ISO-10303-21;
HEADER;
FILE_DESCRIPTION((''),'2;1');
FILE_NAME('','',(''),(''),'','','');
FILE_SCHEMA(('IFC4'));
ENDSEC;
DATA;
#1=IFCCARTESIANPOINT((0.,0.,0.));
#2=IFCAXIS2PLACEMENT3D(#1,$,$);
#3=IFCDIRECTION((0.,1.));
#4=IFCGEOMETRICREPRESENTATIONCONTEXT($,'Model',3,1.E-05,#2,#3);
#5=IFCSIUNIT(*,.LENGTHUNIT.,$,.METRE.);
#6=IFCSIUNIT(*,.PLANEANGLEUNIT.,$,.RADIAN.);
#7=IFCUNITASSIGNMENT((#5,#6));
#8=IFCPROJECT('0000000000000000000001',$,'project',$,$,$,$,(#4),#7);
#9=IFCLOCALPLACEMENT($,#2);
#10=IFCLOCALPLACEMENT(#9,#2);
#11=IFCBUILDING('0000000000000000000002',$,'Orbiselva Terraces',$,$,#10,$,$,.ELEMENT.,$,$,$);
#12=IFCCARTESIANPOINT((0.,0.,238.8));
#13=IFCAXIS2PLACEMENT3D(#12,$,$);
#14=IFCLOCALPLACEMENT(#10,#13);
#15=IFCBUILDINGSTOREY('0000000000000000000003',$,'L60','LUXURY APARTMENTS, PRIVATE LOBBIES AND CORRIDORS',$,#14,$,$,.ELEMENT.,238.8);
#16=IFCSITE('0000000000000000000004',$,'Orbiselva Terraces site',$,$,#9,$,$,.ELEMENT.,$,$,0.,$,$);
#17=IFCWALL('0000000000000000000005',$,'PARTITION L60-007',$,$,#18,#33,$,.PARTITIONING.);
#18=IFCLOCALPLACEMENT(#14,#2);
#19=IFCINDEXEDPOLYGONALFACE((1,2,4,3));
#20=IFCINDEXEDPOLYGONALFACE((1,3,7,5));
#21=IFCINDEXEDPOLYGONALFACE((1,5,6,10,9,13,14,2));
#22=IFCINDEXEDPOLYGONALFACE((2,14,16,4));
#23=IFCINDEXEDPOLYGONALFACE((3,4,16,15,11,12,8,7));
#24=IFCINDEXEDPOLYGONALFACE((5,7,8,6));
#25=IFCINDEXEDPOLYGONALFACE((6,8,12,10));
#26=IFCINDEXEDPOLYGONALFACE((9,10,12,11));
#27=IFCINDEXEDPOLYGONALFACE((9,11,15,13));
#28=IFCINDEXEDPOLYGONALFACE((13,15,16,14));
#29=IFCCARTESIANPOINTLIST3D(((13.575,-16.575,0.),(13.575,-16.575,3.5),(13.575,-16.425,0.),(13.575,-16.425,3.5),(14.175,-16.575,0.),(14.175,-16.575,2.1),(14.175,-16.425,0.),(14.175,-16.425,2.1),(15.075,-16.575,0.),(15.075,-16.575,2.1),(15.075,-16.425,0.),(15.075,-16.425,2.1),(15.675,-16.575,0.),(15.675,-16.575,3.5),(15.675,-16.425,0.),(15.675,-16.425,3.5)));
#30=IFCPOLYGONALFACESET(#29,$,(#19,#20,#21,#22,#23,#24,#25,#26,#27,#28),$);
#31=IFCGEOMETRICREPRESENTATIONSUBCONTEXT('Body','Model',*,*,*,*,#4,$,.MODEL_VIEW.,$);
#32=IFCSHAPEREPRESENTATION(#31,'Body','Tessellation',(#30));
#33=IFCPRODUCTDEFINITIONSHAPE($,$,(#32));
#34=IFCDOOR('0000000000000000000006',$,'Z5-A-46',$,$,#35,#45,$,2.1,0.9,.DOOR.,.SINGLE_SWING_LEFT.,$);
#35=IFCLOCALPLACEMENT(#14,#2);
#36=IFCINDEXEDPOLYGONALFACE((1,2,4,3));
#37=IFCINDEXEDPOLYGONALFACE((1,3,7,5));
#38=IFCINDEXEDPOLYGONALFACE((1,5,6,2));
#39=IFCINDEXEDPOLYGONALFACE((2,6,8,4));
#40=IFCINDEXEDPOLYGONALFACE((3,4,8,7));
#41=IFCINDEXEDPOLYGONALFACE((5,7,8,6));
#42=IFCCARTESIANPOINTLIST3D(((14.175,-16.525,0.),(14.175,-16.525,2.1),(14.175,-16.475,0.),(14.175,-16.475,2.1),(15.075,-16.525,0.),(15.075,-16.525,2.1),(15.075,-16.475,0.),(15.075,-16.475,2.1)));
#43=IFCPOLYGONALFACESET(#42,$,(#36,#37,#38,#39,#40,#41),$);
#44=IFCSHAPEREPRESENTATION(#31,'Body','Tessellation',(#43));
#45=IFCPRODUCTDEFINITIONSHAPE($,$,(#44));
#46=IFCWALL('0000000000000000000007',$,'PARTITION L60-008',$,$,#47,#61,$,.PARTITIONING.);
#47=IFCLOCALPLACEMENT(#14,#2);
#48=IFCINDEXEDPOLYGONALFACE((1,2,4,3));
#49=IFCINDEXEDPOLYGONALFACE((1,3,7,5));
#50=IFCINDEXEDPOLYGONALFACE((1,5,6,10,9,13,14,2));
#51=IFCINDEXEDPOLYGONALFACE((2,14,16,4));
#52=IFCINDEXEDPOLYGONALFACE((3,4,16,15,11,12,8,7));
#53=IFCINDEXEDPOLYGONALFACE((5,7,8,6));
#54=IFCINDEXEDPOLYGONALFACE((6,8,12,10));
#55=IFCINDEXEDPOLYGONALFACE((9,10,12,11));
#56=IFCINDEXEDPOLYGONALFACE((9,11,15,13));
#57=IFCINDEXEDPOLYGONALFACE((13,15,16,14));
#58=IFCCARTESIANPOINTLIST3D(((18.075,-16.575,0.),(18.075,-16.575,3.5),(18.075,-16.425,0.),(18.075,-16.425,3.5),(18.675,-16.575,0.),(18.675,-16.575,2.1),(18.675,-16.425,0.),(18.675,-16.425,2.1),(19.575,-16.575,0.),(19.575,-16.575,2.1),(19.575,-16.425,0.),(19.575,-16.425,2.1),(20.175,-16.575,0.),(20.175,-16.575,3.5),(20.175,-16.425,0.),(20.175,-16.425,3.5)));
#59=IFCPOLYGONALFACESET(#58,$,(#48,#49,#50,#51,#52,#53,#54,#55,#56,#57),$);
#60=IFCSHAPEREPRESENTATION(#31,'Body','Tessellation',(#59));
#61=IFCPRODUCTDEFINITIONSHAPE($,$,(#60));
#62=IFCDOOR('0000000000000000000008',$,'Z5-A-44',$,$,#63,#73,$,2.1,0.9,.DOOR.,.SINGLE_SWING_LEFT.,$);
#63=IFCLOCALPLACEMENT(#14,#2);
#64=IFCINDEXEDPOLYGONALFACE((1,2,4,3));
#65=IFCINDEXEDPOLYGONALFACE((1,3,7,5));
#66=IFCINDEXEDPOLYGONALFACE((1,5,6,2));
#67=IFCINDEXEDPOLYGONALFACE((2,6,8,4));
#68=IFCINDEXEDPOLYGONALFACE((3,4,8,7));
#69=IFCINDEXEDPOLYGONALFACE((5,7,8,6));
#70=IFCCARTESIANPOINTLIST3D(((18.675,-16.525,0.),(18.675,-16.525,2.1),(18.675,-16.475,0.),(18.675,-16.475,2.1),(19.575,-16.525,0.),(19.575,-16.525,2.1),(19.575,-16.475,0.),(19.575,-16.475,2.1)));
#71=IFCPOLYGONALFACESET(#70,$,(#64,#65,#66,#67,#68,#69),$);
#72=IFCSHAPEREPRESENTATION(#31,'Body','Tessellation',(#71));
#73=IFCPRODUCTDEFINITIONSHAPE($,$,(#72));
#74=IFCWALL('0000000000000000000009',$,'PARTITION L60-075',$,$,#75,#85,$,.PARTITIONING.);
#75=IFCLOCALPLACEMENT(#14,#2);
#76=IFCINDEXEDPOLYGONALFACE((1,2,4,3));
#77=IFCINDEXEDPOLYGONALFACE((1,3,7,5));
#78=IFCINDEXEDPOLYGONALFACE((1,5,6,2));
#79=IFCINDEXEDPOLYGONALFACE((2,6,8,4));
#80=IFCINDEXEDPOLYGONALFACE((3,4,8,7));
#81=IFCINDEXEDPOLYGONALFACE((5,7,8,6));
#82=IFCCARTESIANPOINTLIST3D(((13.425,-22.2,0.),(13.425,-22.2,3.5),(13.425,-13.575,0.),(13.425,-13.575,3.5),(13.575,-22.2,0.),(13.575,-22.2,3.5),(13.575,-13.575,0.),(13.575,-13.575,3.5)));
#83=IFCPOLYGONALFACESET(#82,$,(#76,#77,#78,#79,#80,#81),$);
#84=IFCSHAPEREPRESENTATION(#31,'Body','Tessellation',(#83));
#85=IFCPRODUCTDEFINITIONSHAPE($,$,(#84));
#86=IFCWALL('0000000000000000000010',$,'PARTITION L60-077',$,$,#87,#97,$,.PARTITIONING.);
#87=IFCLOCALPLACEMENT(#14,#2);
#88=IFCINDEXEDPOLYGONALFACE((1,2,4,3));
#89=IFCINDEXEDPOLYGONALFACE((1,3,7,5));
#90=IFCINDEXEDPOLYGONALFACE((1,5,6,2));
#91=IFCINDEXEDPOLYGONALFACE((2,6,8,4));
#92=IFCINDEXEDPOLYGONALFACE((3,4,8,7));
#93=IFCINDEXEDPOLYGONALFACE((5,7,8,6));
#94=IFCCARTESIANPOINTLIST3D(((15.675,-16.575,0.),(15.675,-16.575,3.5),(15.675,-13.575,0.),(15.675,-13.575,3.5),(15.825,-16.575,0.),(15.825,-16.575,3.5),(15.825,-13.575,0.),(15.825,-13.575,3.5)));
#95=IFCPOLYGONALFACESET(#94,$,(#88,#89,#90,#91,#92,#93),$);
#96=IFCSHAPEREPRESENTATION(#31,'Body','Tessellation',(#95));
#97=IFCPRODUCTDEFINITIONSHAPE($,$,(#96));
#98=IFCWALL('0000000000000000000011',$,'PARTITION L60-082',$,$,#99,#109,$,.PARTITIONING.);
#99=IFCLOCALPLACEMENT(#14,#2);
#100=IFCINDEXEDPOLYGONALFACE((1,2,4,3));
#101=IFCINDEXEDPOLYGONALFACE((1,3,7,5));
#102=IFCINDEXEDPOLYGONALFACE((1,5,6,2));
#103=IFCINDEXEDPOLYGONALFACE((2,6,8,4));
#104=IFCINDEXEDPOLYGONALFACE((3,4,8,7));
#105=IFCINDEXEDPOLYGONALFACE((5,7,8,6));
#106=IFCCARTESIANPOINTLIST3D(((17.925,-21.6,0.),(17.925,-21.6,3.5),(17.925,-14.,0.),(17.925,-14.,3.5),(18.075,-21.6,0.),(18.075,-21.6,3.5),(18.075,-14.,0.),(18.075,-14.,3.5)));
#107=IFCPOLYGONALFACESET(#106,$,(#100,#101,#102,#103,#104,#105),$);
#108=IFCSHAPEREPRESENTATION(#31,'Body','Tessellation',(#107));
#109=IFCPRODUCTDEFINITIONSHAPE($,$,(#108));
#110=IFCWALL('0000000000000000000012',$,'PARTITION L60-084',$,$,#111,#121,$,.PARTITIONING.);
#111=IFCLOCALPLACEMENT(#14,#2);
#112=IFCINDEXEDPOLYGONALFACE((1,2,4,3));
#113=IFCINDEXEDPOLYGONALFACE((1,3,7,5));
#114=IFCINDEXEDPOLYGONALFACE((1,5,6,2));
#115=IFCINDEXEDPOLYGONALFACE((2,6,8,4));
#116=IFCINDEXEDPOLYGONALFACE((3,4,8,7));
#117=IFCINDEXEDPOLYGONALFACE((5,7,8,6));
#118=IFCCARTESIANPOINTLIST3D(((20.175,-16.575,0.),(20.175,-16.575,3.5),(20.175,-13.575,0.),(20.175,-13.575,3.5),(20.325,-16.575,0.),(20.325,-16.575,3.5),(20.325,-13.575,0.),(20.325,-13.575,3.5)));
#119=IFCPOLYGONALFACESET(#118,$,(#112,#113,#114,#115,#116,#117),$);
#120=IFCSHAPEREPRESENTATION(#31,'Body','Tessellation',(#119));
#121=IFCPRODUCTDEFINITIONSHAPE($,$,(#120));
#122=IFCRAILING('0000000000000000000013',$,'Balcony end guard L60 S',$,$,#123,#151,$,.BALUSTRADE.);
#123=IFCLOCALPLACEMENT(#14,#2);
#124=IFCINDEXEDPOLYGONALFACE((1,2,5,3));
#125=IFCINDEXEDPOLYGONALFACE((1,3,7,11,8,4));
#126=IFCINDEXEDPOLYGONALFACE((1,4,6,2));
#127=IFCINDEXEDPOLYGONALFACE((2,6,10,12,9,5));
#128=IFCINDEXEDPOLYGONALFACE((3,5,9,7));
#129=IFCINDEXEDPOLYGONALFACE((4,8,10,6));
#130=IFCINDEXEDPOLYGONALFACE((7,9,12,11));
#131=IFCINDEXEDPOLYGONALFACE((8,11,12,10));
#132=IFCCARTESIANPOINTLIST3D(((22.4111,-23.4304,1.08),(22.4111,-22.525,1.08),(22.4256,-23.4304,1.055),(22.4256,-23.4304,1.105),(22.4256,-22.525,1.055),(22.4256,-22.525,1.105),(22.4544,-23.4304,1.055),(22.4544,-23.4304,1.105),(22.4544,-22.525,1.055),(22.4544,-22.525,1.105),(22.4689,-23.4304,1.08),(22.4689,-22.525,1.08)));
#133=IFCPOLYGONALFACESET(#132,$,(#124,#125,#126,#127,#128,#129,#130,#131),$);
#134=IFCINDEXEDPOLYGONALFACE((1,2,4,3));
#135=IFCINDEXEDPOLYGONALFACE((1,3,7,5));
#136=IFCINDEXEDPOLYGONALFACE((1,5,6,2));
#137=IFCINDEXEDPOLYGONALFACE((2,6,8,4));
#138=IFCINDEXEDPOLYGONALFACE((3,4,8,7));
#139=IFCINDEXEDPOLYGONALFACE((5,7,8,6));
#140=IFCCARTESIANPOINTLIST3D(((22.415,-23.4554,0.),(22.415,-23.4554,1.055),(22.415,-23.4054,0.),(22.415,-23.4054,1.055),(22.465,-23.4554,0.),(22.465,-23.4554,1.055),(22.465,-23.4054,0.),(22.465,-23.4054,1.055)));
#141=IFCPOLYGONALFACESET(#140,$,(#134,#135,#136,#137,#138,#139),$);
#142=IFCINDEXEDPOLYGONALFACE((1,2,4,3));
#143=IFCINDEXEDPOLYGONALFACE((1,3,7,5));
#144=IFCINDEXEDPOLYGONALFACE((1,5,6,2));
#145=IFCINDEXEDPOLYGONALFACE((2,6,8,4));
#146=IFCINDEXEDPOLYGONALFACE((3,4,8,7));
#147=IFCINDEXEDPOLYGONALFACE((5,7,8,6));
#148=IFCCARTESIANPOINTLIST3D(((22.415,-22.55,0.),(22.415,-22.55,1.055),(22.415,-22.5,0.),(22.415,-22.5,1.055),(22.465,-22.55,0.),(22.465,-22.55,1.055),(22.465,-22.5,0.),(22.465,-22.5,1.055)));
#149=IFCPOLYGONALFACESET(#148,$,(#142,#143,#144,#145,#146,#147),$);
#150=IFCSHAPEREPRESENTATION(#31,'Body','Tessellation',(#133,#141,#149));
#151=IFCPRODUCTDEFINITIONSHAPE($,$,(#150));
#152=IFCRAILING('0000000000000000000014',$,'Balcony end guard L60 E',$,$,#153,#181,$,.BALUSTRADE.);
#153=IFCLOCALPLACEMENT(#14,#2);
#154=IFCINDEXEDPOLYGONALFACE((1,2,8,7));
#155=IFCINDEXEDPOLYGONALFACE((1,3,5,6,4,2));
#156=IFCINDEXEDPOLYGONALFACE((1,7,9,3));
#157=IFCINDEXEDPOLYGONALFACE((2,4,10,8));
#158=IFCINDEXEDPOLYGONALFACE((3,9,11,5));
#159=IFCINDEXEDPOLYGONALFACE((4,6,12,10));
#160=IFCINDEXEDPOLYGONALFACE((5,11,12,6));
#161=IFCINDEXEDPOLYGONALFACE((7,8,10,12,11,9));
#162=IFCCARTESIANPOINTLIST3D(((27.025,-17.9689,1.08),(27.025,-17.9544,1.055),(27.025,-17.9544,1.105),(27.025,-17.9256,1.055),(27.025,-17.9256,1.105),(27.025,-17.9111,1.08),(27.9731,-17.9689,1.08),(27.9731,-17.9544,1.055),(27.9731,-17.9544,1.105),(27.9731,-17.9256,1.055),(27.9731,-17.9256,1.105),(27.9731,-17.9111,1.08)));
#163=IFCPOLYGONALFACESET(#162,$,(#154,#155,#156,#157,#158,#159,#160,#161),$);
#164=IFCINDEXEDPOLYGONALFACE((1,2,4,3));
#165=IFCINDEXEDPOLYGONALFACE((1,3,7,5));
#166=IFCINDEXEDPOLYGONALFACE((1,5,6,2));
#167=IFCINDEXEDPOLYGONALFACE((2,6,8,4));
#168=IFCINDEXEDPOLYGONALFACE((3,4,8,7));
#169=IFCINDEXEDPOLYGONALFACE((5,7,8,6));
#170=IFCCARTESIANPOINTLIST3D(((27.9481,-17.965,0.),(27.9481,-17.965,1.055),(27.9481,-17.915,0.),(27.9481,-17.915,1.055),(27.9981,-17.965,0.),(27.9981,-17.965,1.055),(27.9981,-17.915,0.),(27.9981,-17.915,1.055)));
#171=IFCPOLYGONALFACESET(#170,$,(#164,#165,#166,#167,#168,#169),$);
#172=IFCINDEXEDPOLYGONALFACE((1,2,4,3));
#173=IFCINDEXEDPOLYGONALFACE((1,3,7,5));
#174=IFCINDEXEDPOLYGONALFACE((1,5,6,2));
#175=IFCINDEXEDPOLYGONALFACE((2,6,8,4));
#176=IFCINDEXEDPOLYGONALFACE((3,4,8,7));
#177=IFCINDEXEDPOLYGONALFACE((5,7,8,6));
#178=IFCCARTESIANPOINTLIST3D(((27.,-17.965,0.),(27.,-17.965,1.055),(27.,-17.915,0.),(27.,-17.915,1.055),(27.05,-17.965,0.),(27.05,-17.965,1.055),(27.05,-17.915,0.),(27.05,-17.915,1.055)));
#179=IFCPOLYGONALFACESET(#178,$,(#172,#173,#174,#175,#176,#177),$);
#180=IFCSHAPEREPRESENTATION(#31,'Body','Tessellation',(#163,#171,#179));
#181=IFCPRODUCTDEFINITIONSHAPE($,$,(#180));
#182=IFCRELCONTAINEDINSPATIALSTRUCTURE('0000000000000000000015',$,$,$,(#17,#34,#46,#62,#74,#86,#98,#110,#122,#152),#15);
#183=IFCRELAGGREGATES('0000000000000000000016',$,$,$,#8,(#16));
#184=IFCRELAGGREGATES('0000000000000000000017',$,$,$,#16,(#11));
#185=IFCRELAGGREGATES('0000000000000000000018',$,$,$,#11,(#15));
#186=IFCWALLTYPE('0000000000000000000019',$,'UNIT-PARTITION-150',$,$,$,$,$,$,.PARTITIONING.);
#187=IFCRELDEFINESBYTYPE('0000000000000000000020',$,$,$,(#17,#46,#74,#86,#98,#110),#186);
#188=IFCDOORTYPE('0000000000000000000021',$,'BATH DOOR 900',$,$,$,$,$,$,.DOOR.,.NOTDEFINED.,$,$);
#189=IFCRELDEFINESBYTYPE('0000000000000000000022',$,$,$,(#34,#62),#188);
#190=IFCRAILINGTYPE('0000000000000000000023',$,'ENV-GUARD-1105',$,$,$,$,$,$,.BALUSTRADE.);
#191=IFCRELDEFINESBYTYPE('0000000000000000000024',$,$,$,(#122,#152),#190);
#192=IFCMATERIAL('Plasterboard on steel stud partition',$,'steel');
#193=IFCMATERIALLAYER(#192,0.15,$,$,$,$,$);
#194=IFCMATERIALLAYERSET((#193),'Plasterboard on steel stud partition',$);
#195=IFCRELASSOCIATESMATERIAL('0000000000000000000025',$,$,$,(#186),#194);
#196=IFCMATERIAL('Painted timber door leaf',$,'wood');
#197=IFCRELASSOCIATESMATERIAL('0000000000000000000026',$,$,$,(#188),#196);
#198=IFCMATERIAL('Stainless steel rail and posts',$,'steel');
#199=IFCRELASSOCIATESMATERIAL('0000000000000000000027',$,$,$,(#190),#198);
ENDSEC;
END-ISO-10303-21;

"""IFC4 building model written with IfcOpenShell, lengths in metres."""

from ifc_helpers import new_model, si_unit, direction, frame, frame_2d, origin, origin_2d, place, context, subcontext, project, spatial, polyline, rectangle, outline, extrude, material, layer, layer_set, type_object, element, fill, save


model = new_model("IFC4")

# Units and contexts
model_context = context("Model", 3, precision=1e-05, world=origin(), true_north=direction((0.0, 1.0)))
body_context = subcontext(model_context, "Body", "Model", "MODEL_VIEW")
ifc_project = project(units=[si_unit("LENGTHUNIT", "METRE"), si_unit("PLANEANGLEUNIT", "RADIAN")], contexts=[model_context])

# Site, building, storey
site_placement = place(None, origin())
site = spatial("IfcSite", under=ifc_project, at=site_placement, Name="Orbiselva Terraces site", CompositionType="ELEMENT", RefElevation=0.0)
building_placement = place(site_placement, origin())
building = spatial("IfcBuilding", under=site, at=building_placement, Name="Orbiselva Terraces", CompositionType="ELEMENT")
storey_placement = place(building_placement, frame((0.0, 0.0, 238.8)))
storey = spatial("IfcBuildingStorey", under=building, at=storey_placement, Name="L60", Description="LUXURY APARTMENTS, PRIVATE LOBBIES AND CORRIDORS", CompositionType="ELEMENT", Elevation=238.8)

# Walls, openings, doors
ifc_material_1 = material(Name="Plasterboard on steel stud partition", Category="steel")
ifc_layer_1 = layer(ifc_material_1, 0.15)
ifc_layer_set_1 = layer_set([ifc_layer_1], Name="Plasterboard on steel stud partition")
wall_type_1 = type_object("IfcWallType", Name="UNIT-PARTITION-150", PredefinedType="PARTITIONING", material=ifc_layer_set_1)
wall_1_placement = place(storey_placement, frame((13.575, -16.5, 0.0), z_axis=(0.0, 0.0, 1.0), x_axis=(1.0, 0.0, 0.0)))
wall_1 = element("IfcWall", 1, at=wall_1_placement, inside=storey, type_object=wall_type_1, Name="PARTITION L60-007", PredefinedType="PARTITIONING", context=body_context, shape_type="SweptSolid", body=[
    extrude(rectangle(XDim=2.1, YDim=0.15, at=frame_2d((1.05, 0.0))), origin(), (0.0, 0.0, 1.0), 3.5),
])
opening_1_placement = place(wall_1_placement, frame((0.6, 0.0, 0.0)))
opening_1 = element("IfcOpeningElement", 2, at=opening_1_placement, cuts=wall_1, PredefinedType="OPENING", context=body_context, shape_type="SweptSolid", body=[
    extrude(rectangle(XDim=0.9, YDim=2.1, at=frame_2d((0.45, 1.05))), frame((0.0, 0.085, 0.0), z_axis=(0.0, -1.0, 0.0), x_axis=(1.0, 0.0, 0.0)), (0.0, 0.0, 1.0), 0.17),
])
ifc_material_2 = material(Name="Painted timber door leaf", Category="wood")
door_type_1 = type_object("IfcDoorType", Name="BATH DOOR 900", OperationType="NOTDEFINED", PredefinedType="DOOR", material=ifc_material_2)
door_1_placement = place(opening_1_placement, origin())
door_1 = element("IfcDoor", 3, at=door_1_placement, inside=storey, type_object=door_type_1, Name="Z5-A-46", OperationType="SINGLE_SWING_LEFT", OverallHeight=2.1, OverallWidth=0.9, PredefinedType="DOOR", context=body_context, shape_type="SweptSolid", body=[
    extrude(rectangle(XDim=0.9, YDim=2.1, at=frame_2d((0.45, 1.05))), frame((0.0, 0.025, 0.0), z_axis=(0.0, -1.0, 0.0), x_axis=(1.0, 0.0, 0.0)), (0.0, 0.0, 1.0), 0.05),
])
fill(opening_1, door_1)
wall_2_placement = place(storey_placement, frame((18.075, -16.5, 0.0), z_axis=(0.0, 0.0, 1.0), x_axis=(1.0, 0.0, 0.0)))
wall_2 = element("IfcWall", 4, at=wall_2_placement, inside=storey, type_object=wall_type_1, Name="PARTITION L60-008", PredefinedType="PARTITIONING", context=body_context, shape_type="SweptSolid", body=[
    extrude(rectangle(XDim=2.1, YDim=0.15, at=frame_2d((1.05, 0.0))), origin(), (0.0, 0.0, 1.0), 3.5),
])
opening_2_placement = place(wall_2_placement, frame((0.6, 0.0, 0.0)))
opening_2 = element("IfcOpeningElement", 5, at=opening_2_placement, cuts=wall_2, PredefinedType="OPENING", context=body_context, shape_type="SweptSolid", body=[
    extrude(rectangle(XDim=0.9, YDim=2.1, at=frame_2d((0.45, 1.05))), frame((0.0, 0.085, 0.0), z_axis=(0.0, -1.0, 0.0), x_axis=(1.0, 0.0, 0.0)), (0.0, 0.0, 1.0), 0.17),
])
door_2_placement = place(opening_2_placement, origin())
door_2 = element("IfcDoor", 6, at=door_2_placement, inside=storey, type_object=door_type_1, Name="Z5-A-44", OperationType="SINGLE_SWING_LEFT", OverallHeight=2.1, OverallWidth=0.9, PredefinedType="DOOR", context=body_context, shape_type="SweptSolid", body=[
    extrude(rectangle(XDim=0.9, YDim=2.1, at=frame_2d((0.45, 1.05))), frame((0.0, 0.025, 0.0), z_axis=(0.0, -1.0, 0.0), x_axis=(1.0, 0.0, 0.0)), (0.0, 0.0, 1.0), 0.05),
])
fill(opening_2, door_2)

# Walls
wall_3_placement = place(storey_placement, frame((13.5, -22.2, 0.0), z_axis=(0.0, 0.0, 1.0), x_axis=(0.0, 1.0, 0.0)))
element("IfcWall", 7, at=wall_3_placement, inside=storey, type_object=wall_type_1, Name="PARTITION L60-075", PredefinedType="PARTITIONING", context=body_context, shape_type="SweptSolid", body=[
    extrude(rectangle(XDim=8.625, YDim=0.15, at=frame_2d((4.3125, 0.0))), origin(), (0.0, 0.0, 1.0), 3.5),
])
wall_4_placement = place(storey_placement, frame((15.75, -16.575, 0.0), z_axis=(0.0, 0.0, 1.0), x_axis=(0.0, 1.0, 0.0)))
element("IfcWall", 8, at=wall_4_placement, inside=storey, type_object=wall_type_1, Name="PARTITION L60-077", PredefinedType="PARTITIONING", context=body_context, shape_type="SweptSolid", body=[
    extrude(rectangle(XDim=3.0, YDim=0.15, at=frame_2d((1.5, 0.0))), origin(), (0.0, 0.0, 1.0), 3.5),
])
wall_5_placement = place(storey_placement, frame((18.0, -21.6, 0.0), z_axis=(0.0, 0.0, 1.0), x_axis=(0.0, 1.0, 0.0)))
element("IfcWall", 9, at=wall_5_placement, inside=storey, type_object=wall_type_1, Name="PARTITION L60-082", PredefinedType="PARTITIONING", context=body_context, shape_type="SweptSolid", body=[
    extrude(rectangle(XDim=7.6, YDim=0.15, at=frame_2d((3.8, 0.0))), origin(), (0.0, 0.0, 1.0), 3.5),
])
wall_6_placement = place(storey_placement, frame((20.25, -16.575, 0.0), z_axis=(0.0, 0.0, 1.0), x_axis=(0.0, 1.0, 0.0)))
element("IfcWall", 10, at=wall_6_placement, inside=storey, type_object=wall_type_1, Name="PARTITION L60-084", PredefinedType="PARTITIONING", context=body_context, shape_type="SweptSolid", body=[
    extrude(rectangle(XDim=3.0, YDim=0.15, at=frame_2d((1.5, 0.0))), origin(), (0.0, 0.0, 1.0), 3.5),
])

# Railings
ifc_material_3 = material(Name="Stainless steel rail and posts", Category="steel")
railing_type_1 = type_object("IfcRailingType", Name="ENV-GUARD-1105", PredefinedType="BALUSTRADE", material=ifc_material_3)
railing_1_placement = place(storey_placement, frame((22.44, -23.4304, 0.0)))
element("IfcRailing", 11, at=railing_1_placement, inside=storey, type_object=railing_type_1, Name="Balcony end guard L60 S", PredefinedType="BALUSTRADE", context=body_context, shape_type="SweptSolid", body=[
    extrude(outline(polyline([(0.0289, 0.0), (0.0144, 0.025), (-0.0144, 0.025), (-0.0289, 0.0), (-0.0144, -0.025), (0.0144, -0.025), (0.0289, 0.0)])), frame((0.0, 0.0, 1.08), z_axis=(0.0, 1.0, 0.0), x_axis=(-1.0, 0.0, 0.0)), (0.0, 0.0, 1.0), 0.9054),
    extrude(rectangle(XDim=0.05, YDim=0.05, at=origin_2d()), origin(), (0.0, 0.0, 1.0), 1.055),
    extrude(rectangle(XDim=0.05, YDim=0.05, at=origin_2d()), frame((0.0, 0.9054, 0.0)), (0.0, 0.0, 1.0), 1.055),
])
railing_2_placement = place(storey_placement, frame((27.9731, -17.94, 0.0)))
element("IfcRailing", 12, at=railing_2_placement, inside=storey, type_object=railing_type_1, Name="Balcony end guard L60 E", PredefinedType="BALUSTRADE", context=body_context, shape_type="SweptSolid", body=[
    extrude(outline(polyline([(0.0289, 0.0), (0.0144, 0.025), (-0.0144, 0.025), (-0.0289, 0.0), (-0.0144, -0.025), (0.0144, -0.025), (0.0289, 0.0)])), frame((0.0, 0.0, 1.08), z_axis=(-1.0, 0.0, 0.0), x_axis=(0.0, -1.0, 0.0)), (0.0, 0.0, 1.0), 0.9481),
    extrude(rectangle(XDim=0.05, YDim=0.05, at=origin_2d()), origin(), (0.0, 0.0, 1.0), 1.055),
    extrude(rectangle(XDim=0.05, YDim=0.05, at=origin_2d()), frame((-0.9481, 0.0, 0.0)), (0.0, 0.0, 1.0), 1.055),
])

save(model, "model.ifc")
